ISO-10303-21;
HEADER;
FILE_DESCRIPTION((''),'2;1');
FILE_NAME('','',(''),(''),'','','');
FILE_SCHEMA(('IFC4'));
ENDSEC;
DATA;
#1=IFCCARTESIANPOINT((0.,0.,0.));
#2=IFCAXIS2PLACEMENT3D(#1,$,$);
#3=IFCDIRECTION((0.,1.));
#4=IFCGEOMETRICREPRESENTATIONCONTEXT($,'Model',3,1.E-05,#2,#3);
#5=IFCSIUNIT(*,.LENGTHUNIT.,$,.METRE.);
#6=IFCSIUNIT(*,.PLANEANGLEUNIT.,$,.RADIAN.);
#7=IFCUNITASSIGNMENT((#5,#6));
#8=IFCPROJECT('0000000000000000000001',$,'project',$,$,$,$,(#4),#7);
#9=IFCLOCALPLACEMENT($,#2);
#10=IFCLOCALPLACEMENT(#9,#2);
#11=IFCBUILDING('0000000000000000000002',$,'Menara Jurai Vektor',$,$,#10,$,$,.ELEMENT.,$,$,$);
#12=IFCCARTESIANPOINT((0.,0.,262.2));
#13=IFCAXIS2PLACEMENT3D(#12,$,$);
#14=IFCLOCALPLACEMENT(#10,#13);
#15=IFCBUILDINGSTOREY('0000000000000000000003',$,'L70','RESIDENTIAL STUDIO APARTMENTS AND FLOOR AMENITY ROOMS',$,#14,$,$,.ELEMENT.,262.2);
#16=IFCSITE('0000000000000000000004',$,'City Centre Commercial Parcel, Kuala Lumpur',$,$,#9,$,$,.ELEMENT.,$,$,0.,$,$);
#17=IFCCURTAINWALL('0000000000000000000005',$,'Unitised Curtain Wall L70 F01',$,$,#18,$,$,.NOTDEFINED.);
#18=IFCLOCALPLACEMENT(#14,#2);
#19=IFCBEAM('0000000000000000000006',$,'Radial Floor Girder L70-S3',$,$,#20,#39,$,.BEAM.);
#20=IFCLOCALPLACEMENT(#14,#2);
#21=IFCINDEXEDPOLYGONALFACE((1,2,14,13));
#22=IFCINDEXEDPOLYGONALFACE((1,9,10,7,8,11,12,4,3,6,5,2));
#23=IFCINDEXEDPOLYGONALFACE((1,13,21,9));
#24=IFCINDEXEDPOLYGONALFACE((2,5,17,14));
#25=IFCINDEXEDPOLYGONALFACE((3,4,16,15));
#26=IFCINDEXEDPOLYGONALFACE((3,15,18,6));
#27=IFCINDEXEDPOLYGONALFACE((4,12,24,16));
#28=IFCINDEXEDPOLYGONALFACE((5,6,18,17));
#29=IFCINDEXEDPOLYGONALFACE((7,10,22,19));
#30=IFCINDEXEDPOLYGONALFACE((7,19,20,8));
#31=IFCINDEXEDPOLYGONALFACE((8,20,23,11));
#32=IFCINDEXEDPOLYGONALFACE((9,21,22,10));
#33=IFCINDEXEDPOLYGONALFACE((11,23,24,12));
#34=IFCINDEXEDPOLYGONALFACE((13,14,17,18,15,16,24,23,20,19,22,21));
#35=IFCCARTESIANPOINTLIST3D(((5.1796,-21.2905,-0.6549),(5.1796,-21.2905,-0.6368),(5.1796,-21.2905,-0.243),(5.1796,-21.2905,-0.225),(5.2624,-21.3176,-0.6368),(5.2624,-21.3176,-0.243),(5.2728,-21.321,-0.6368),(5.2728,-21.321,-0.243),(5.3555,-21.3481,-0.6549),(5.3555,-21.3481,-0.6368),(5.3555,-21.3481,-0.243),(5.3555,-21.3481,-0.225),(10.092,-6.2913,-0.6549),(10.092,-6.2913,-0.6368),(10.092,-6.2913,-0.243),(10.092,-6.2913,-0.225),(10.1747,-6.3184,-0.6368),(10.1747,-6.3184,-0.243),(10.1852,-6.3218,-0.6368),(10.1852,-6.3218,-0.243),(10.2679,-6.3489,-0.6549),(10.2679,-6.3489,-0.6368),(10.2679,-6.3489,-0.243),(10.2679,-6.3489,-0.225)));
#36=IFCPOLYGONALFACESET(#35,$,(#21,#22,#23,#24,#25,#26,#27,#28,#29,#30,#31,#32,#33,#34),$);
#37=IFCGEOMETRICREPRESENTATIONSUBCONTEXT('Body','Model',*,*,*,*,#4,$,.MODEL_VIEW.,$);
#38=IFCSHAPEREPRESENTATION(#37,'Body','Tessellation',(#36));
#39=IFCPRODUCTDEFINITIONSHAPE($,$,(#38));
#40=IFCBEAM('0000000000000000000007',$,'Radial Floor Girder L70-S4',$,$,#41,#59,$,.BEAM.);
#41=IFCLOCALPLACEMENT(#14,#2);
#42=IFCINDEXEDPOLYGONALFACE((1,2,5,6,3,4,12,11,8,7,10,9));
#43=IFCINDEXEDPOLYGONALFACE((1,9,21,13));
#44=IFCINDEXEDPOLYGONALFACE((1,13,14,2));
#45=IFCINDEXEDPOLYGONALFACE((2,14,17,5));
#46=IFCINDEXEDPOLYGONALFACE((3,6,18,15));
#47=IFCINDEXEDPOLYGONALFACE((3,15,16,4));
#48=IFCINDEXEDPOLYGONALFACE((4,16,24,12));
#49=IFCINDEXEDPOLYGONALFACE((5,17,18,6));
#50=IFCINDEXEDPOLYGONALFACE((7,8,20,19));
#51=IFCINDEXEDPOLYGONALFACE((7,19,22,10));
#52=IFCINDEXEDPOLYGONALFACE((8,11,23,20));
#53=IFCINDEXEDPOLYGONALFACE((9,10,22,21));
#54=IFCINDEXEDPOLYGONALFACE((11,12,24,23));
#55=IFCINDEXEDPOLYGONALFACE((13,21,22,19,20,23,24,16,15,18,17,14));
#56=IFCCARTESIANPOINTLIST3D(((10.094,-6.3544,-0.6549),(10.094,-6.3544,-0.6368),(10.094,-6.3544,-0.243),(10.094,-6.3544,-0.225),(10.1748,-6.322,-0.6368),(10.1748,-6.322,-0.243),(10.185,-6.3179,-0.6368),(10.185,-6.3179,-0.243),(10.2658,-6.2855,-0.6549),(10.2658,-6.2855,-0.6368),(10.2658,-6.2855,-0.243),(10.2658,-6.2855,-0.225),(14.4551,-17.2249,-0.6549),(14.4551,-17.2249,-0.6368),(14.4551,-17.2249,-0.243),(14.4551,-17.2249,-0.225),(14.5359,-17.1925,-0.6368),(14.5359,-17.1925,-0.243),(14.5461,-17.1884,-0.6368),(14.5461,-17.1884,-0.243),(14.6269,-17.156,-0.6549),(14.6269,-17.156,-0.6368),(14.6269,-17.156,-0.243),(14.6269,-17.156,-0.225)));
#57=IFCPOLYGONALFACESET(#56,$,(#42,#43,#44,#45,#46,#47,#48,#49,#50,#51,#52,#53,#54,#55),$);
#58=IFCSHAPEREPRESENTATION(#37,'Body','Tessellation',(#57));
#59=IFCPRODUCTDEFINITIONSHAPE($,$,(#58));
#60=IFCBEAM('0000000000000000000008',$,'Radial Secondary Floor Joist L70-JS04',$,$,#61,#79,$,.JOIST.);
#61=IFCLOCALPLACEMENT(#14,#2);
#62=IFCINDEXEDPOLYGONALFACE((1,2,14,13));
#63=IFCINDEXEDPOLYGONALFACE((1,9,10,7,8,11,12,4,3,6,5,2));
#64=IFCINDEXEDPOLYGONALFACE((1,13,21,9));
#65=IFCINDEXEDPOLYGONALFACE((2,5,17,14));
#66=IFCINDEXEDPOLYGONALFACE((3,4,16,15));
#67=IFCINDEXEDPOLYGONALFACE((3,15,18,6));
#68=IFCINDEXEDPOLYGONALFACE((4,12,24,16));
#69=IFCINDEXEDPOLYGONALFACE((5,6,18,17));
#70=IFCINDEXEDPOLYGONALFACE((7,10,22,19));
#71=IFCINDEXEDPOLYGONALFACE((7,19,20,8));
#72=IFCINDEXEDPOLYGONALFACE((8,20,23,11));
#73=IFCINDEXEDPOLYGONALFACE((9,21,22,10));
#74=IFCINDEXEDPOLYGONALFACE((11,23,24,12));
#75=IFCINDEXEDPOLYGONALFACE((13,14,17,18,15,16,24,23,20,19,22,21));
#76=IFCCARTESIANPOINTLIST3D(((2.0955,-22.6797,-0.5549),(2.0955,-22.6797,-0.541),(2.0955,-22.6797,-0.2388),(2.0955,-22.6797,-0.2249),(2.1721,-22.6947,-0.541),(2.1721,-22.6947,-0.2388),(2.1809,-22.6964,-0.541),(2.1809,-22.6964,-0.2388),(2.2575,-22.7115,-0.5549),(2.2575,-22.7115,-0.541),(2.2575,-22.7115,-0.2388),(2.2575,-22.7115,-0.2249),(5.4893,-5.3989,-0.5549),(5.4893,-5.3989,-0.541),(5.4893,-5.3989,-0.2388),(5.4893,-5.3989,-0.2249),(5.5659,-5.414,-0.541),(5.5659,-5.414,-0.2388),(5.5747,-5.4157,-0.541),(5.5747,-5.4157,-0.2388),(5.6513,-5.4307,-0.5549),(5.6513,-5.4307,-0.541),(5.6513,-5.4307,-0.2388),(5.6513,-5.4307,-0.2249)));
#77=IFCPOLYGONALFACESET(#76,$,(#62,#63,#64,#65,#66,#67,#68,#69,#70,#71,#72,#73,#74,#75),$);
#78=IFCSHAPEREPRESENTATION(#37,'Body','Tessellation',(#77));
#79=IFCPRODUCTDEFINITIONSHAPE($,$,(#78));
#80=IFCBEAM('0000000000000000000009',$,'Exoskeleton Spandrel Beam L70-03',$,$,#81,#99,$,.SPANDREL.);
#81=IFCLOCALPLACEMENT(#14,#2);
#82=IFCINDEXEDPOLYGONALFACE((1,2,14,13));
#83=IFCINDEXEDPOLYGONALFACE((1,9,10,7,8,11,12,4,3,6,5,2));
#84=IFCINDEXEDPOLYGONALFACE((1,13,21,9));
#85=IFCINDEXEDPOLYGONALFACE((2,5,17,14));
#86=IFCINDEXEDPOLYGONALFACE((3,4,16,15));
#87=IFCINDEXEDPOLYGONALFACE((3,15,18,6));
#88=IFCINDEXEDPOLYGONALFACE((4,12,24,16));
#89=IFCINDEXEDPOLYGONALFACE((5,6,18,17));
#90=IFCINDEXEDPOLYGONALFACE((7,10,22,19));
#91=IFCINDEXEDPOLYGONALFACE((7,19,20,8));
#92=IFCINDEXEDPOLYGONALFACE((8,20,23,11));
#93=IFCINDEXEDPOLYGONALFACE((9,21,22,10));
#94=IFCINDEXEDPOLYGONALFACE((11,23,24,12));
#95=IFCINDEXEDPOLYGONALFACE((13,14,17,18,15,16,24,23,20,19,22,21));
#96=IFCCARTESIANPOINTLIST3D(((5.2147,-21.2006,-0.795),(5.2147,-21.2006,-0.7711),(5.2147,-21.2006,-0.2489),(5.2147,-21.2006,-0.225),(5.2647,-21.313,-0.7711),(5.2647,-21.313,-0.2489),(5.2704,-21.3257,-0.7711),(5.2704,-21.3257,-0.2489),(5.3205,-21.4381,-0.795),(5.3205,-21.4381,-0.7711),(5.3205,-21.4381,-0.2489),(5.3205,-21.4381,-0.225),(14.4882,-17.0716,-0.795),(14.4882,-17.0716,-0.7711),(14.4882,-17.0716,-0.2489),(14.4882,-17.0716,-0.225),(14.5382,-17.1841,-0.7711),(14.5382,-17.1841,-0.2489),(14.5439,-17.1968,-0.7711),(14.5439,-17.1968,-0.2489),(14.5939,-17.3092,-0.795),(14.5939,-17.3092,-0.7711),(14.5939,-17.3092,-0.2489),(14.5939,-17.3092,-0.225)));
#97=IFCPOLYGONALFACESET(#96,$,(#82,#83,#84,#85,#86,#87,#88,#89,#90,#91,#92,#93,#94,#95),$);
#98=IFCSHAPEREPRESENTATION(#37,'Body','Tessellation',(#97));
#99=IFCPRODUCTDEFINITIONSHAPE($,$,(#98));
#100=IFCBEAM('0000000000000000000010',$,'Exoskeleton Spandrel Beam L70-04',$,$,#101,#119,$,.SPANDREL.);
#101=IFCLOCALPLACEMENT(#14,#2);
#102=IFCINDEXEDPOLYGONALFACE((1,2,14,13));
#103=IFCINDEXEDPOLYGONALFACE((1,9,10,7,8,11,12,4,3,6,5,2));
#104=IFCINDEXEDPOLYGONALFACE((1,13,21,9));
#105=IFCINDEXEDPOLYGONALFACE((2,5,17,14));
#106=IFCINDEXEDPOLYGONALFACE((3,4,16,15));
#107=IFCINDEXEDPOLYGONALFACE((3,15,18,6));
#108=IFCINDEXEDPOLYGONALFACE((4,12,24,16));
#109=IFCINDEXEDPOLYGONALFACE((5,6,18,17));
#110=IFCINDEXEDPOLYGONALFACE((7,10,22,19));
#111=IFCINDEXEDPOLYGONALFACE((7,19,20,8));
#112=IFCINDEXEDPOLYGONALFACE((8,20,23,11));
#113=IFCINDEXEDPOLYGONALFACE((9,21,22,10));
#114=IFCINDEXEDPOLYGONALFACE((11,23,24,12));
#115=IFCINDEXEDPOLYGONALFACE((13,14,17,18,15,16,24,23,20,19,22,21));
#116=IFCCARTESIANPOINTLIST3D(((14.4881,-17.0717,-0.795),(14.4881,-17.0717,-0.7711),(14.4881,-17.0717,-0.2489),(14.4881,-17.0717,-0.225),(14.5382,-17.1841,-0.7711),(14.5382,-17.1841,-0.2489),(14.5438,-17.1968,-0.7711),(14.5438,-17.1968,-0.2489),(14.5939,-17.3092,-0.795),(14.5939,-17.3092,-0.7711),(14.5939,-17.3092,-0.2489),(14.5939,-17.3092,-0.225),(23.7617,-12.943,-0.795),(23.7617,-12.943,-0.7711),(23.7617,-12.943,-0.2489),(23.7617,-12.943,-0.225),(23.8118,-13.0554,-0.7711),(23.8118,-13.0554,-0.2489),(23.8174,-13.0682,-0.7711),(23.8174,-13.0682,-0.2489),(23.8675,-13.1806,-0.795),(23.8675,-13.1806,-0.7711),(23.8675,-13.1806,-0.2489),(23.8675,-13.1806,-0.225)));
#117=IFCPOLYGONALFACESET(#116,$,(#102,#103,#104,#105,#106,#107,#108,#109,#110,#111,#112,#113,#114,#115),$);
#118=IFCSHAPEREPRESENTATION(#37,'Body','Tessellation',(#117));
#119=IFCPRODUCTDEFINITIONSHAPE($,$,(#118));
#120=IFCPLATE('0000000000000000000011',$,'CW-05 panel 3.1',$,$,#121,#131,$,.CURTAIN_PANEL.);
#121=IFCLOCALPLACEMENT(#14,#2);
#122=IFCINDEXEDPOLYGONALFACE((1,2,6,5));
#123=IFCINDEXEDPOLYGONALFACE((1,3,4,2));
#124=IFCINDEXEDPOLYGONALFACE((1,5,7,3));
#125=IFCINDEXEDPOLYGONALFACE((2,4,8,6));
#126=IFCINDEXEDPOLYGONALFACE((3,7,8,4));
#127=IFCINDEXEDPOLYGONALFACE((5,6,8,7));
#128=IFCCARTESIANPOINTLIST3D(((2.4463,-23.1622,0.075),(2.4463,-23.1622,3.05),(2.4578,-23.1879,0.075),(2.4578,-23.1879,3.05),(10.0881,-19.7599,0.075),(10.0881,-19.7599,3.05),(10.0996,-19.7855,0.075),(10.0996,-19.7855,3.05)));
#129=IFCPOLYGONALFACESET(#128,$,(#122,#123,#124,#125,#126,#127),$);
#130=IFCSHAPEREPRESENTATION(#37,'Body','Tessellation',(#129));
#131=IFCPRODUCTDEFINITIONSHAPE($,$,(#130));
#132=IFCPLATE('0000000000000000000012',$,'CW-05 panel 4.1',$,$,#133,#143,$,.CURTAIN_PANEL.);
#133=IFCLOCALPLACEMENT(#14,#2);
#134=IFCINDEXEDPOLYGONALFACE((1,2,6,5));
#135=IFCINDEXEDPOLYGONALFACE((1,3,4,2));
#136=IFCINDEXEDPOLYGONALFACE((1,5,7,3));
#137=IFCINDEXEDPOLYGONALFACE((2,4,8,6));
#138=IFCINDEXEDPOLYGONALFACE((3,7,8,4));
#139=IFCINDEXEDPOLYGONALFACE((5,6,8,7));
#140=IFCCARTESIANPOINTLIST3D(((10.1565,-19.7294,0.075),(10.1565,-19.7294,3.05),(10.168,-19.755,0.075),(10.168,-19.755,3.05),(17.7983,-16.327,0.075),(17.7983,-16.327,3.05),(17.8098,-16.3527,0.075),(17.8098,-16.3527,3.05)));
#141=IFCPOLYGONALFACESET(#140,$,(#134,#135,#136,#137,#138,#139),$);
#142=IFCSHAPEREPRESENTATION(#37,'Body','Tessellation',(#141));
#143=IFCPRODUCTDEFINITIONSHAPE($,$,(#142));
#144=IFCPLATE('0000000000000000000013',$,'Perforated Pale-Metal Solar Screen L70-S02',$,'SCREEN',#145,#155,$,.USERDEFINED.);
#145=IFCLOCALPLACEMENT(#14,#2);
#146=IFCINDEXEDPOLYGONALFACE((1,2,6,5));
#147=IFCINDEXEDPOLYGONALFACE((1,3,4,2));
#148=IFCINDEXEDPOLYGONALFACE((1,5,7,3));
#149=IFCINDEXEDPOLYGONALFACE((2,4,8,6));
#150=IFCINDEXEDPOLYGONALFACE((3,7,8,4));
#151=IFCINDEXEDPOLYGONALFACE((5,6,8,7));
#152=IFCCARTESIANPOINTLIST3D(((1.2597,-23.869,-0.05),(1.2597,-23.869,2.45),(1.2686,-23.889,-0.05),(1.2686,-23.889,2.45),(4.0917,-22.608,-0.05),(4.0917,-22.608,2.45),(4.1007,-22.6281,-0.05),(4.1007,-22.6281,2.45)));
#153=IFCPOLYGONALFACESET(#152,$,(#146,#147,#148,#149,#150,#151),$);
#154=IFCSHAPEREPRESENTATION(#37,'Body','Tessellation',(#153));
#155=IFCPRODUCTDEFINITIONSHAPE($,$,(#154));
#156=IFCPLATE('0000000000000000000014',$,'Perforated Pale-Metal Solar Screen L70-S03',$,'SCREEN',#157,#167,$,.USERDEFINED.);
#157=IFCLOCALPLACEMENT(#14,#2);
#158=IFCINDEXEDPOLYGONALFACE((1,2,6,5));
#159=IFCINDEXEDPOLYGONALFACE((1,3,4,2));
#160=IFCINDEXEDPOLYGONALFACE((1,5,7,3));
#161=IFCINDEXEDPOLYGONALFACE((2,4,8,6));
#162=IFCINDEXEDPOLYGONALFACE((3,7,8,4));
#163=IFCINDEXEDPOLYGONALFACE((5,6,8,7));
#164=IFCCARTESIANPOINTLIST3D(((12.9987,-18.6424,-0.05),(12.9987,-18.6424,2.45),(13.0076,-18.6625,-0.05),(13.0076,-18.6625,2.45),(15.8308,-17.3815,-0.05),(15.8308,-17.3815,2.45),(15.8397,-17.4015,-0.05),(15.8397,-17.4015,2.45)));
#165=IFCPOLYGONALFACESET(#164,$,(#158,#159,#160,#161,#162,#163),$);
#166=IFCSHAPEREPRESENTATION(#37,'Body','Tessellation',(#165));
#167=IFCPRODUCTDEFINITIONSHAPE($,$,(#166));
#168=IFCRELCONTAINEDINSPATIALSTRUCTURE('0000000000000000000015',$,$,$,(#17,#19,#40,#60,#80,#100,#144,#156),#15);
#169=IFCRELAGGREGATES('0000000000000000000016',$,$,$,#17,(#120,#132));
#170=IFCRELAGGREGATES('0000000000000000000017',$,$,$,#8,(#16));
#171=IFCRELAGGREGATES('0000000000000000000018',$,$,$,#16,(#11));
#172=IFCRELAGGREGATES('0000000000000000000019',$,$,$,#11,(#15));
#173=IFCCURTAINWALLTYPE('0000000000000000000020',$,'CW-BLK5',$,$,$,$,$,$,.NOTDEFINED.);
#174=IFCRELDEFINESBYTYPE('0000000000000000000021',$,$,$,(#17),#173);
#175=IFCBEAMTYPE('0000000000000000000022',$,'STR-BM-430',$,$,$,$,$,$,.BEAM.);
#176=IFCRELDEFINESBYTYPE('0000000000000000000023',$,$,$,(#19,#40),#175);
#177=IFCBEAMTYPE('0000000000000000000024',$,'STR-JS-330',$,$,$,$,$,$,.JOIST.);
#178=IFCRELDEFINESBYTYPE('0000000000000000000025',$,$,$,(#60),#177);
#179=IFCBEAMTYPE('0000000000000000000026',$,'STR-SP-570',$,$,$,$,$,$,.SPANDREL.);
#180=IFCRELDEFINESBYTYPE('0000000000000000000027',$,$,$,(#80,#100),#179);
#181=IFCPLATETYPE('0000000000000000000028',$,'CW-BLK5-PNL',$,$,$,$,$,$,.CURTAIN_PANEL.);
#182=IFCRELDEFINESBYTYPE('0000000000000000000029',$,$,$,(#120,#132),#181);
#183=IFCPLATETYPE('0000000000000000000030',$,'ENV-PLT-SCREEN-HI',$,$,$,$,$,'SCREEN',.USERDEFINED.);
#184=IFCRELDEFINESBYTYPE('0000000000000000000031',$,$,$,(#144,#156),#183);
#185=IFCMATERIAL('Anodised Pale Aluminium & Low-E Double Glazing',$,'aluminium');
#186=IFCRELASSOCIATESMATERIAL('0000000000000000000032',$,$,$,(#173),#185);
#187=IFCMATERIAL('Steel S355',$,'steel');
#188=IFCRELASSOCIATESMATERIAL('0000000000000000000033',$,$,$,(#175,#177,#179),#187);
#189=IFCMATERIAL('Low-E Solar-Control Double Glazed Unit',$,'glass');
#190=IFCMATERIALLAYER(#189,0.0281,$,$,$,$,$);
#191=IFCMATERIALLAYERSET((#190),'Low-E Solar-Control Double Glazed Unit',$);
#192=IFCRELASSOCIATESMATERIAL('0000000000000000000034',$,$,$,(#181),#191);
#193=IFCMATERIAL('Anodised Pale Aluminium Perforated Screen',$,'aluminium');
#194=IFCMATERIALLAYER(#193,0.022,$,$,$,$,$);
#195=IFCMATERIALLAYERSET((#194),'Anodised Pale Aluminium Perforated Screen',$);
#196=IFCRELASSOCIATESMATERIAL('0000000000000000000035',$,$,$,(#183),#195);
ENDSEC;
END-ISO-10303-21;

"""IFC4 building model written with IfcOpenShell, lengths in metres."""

from ifc_helpers import new_model, si_unit, direction, frame, origin, origin_2d, place, context, subcontext, project, spatial, rectangle, i_section, extrude, material, layer, layer_set, material_profile, profile_set, type_object, element, aggregate, save


model = new_model("IFC4")

# Units and contexts
model_context = context("Model", 3, precision=1e-05, world=origin(), true_north=direction((0.0, 1.0)))
body_context = subcontext(model_context, "Body", "Model", "MODEL_VIEW")
ifc_project = project(units=[si_unit("LENGTHUNIT", "METRE"), si_unit("PLANEANGLEUNIT", "RADIAN")], contexts=[model_context])

# Site, building, storey
site_placement = place(None, origin())
site = spatial("IfcSite", under=ifc_project, at=site_placement, Name="City Centre Commercial Parcel, Kuala Lumpur", CompositionType="ELEMENT", RefElevation=0.0)
building_placement = place(site_placement, origin())
building = spatial("IfcBuilding", under=site, at=building_placement, Name="Menara Jurai Vektor", CompositionType="ELEMENT")
storey_placement = place(building_placement, frame((0.0, 0.0, 262.2)))
storey = spatial("IfcBuildingStorey", under=building, at=storey_placement, Name="L70", Description="RESIDENTIAL STUDIO APARTMENTS AND FLOOR AMENITY ROOMS", CompositionType="ELEMENT", Elevation=262.2)

# Curtain wall
ifc_material_1 = material(Name="Anodised Pale Aluminium & Low-E Double Glazing", Category="aluminium")
curtain_wall_type = type_object("IfcCurtainWallType", Name="CW-BLK5", PredefinedType="NOTDEFINED", material=ifc_material_1)
curtain_wall_placement = place(storey_placement, origin())
curtain_wall = element("IfcCurtainWall", 1, at=curtain_wall_placement, inside=storey, type_object=curtain_wall_type, Name="Unitised Curtain Wall L70 F01", PredefinedType="NOTDEFINED")

# Beams
ifc_material_2 = material(Name="Steel S355", Category="steel")
ifc_material_profile_1 = material_profile(ifc_material_2, i_section(OverallWidth=0.1851, OverallDepth=0.4299, WebThickness=0.011, FlangeThickness=0.0181, at=origin_2d()), Name="PG 430x185x76")
ifc_profile_set_1 = profile_set([ifc_material_profile_1], Name="Steel S355")
beam_type_1 = type_object("IfcBeamType", Name="STR-BM-430", PredefinedType="BEAM", material=ifc_profile_set_1)
beam_1_placement = place(storey_placement, frame((5.2676, -21.3193, -0.4399), z_axis=(0.311239, 0.950332, 0.0), x_axis=(-0.950332, 0.311239, 0.0)))
element("IfcBeam", 2, at=beam_1_placement, inside=storey, type_object=beam_type_1, Name="Radial Floor Girder L70-S3", PredefinedType="BEAM", context=body_context, shape_type="SweptSolid", body=[
    extrude(i_section(OverallWidth=0.1851, OverallDepth=0.4299, WebThickness=0.011, FlangeThickness=0.0181, at=origin_2d()), origin(), (0.0, 0.0, 1.0), 15.7832),
])
beam_2_placement = place(storey_placement, frame((14.541, -17.1904, -0.4399), z_axis=(-0.372343, 0.928095, 0.0), x_axis=(-0.928095, -0.372343, 0.0)))
element("IfcBeam", 3, at=beam_2_placement, inside=storey, type_object=beam_type_1, Name="Radial Floor Girder L70-S4", PredefinedType="BEAM", context=body_context, shape_type="SweptSolid", body=[
    extrude(i_section(OverallWidth=0.1851, OverallDepth=0.4299, WebThickness=0.011, FlangeThickness=0.0181, at=origin_2d()), origin(), (0.0, 0.0, 1.0), 11.7126),
])
ifc_material_profile_2 = material_profile(ifc_material_2, i_section(OverallWidth=0.165, OverallDepth=0.3301, WebThickness=0.009, FlangeThickness=0.0139, at=origin_2d()), Name="PG 330x165x46")
ifc_profile_set_2 = profile_set([ifc_material_profile_2], Name="Steel S355")
beam_type_2 = type_object("IfcBeamType", Name="STR-JS-330", PredefinedType="JOIST", material=ifc_profile_set_2)
beam_3_placement = place(storey_placement, frame((2.1765, -22.6956, -0.3899), z_axis=(0.192711, 0.981256, 0.0), x_axis=(-0.981256, 0.192711, 0.0)))
element("IfcBeam", 4, at=beam_3_placement, inside=storey, type_object=beam_type_2, Name="Radial Secondary Floor Joist L70-JS04", PredefinedType="JOIST", context=body_context, shape_type="SweptSolid", body=[
    extrude(i_section(OverallWidth=0.165, OverallDepth=0.3301, WebThickness=0.009, FlangeThickness=0.0139, at=origin_2d()), origin(), (0.0, 0.0, 1.0), 17.6108),
])
ifc_material_profile_3 = material_profile(ifc_material_2, i_section(OverallWidth=0.26, OverallDepth=0.5701, WebThickness=0.0139, FlangeThickness=0.0239, at=origin_2d()), Name="PG 570x260x145")
ifc_profile_set_3 = profile_set([ifc_material_profile_3], Name="Steel S355")
beam_type_3 = type_object("IfcBeamType", Name="STR-SP-570", PredefinedType="SPANDREL", material=ifc_profile_set_3)
for number, where, z_axis, x_axis, name in (
    (5, (5.2676, -21.3193, -0.51), (0.913542, 0.406745, 0.0), (-0.406745, 0.913542, 0.0), "Exoskeleton Spandrel Beam L70-03"),
    (6, (14.541, -17.1904, -0.51), (0.913554, 0.406716, 0.0), (-0.406716, 0.913554, 0.0), "Exoskeleton Spandrel Beam L70-04"),
):
    element("IfcBeam", number, at=place(storey_placement, frame(where, z_axis=z_axis, x_axis=x_axis)), inside=storey, type_object=beam_type_3, Name=name, PredefinedType="SPANDREL", context=body_context, shape_type="SweptSolid", body=[
        extrude(i_section(OverallWidth=0.26, OverallDepth=0.5701, WebThickness=0.0139, FlangeThickness=0.0239, at=origin_2d()), origin(), (0.0, 0.0, 1.0), 10.1511),
    ])

# Plates
ifc_material_3 = material(Name="Low-E Solar-Control Double Glazed Unit", Category="glass")
ifc_layer_1 = layer(ifc_material_3, 0.0281)
ifc_layer_set_1 = layer_set([ifc_layer_1], Name="Low-E Solar-Control Double Glazed Unit")
plate_type_1 = type_object("IfcPlateType", Name="CW-BLK5-PNL", PredefinedType="CURTAIN_PANEL", material=ifc_layer_set_1)
plate_1_placement = place(storey_placement, frame((6.2729, -21.4739, 0.075), z_axis=(0.0, 0.0, 1.0), x_axis=(0.913546, 0.406735, 0.0)))
plate_1 = element("IfcPlate", 7, at=plate_1_placement, type_object=plate_type_1, Name="CW-05 panel 3.1", PredefinedType="CURTAIN_PANEL", context=body_context, shape_type="SweptSolid", body=[
    extrude(rectangle(XDim=8.365, YDim=0.0281, at=origin_2d()), origin(), (0.0, 0.0, 1.0), 2.9751),
])
plate_2_placement = place(storey_placement, frame((13.9832, -18.041, 0.075), z_axis=(0.0, 0.0, 1.0), x_axis=(0.913546, 0.406735, 0.0)))
plate_2 = element("IfcPlate", 8, at=plate_2_placement, type_object=plate_type_1, Name="CW-05 panel 4.1", PredefinedType="CURTAIN_PANEL", context=body_context, shape_type="SweptSolid", body=[
    extrude(rectangle(XDim=8.365, YDim=0.0281, at=origin_2d()), origin(), (0.0, 0.0, 1.0), 2.9751),
])
aggregate(curtain_wall, [plate_1, plate_2])

# Plates
ifc_material_4 = material(Name="Anodised Pale Aluminium Perforated Screen", Category="aluminium")
ifc_layer_2 = layer(ifc_material_4, 0.022)
ifc_layer_set_2 = layer_set([ifc_layer_2], Name="Anodised Pale Aluminium Perforated Screen")
plate_type_2 = type_object("IfcPlateType", Name="ENV-PLT-SCREEN-HI", ElementType="SCREEN", PredefinedType="USERDEFINED", material=ifc_layer_set_2)
for number, where, z_axis, x_axis, name in (
    (9, (2.6802, -23.2485, -0.05), (0.0, 0.0, 1.0), (0.913545, 0.406737, 0.0), "Perforated Pale-Metal Solar Screen L70-S02"),
    (10, (14.4192, -18.022, -0.05), (0.0, 0.0, 1.0), (0.913545, 0.406737, 0.0), "Perforated Pale-Metal Solar Screen L70-S03"),
):
    element("IfcPlate", number, at=place(storey_placement, frame(where, z_axis=z_axis, x_axis=x_axis)), inside=storey, type_object=plate_type_2, Name=name, ObjectType="SCREEN", PredefinedType="USERDEFINED", context=body_context, shape_type="SweptSolid", body=[
        extrude(rectangle(XDim=3.1001, YDim=0.022, at=origin_2d()), origin(), (0.0, 0.0, 1.0), 2.5),
    ])

save(model, "model.ifc")
